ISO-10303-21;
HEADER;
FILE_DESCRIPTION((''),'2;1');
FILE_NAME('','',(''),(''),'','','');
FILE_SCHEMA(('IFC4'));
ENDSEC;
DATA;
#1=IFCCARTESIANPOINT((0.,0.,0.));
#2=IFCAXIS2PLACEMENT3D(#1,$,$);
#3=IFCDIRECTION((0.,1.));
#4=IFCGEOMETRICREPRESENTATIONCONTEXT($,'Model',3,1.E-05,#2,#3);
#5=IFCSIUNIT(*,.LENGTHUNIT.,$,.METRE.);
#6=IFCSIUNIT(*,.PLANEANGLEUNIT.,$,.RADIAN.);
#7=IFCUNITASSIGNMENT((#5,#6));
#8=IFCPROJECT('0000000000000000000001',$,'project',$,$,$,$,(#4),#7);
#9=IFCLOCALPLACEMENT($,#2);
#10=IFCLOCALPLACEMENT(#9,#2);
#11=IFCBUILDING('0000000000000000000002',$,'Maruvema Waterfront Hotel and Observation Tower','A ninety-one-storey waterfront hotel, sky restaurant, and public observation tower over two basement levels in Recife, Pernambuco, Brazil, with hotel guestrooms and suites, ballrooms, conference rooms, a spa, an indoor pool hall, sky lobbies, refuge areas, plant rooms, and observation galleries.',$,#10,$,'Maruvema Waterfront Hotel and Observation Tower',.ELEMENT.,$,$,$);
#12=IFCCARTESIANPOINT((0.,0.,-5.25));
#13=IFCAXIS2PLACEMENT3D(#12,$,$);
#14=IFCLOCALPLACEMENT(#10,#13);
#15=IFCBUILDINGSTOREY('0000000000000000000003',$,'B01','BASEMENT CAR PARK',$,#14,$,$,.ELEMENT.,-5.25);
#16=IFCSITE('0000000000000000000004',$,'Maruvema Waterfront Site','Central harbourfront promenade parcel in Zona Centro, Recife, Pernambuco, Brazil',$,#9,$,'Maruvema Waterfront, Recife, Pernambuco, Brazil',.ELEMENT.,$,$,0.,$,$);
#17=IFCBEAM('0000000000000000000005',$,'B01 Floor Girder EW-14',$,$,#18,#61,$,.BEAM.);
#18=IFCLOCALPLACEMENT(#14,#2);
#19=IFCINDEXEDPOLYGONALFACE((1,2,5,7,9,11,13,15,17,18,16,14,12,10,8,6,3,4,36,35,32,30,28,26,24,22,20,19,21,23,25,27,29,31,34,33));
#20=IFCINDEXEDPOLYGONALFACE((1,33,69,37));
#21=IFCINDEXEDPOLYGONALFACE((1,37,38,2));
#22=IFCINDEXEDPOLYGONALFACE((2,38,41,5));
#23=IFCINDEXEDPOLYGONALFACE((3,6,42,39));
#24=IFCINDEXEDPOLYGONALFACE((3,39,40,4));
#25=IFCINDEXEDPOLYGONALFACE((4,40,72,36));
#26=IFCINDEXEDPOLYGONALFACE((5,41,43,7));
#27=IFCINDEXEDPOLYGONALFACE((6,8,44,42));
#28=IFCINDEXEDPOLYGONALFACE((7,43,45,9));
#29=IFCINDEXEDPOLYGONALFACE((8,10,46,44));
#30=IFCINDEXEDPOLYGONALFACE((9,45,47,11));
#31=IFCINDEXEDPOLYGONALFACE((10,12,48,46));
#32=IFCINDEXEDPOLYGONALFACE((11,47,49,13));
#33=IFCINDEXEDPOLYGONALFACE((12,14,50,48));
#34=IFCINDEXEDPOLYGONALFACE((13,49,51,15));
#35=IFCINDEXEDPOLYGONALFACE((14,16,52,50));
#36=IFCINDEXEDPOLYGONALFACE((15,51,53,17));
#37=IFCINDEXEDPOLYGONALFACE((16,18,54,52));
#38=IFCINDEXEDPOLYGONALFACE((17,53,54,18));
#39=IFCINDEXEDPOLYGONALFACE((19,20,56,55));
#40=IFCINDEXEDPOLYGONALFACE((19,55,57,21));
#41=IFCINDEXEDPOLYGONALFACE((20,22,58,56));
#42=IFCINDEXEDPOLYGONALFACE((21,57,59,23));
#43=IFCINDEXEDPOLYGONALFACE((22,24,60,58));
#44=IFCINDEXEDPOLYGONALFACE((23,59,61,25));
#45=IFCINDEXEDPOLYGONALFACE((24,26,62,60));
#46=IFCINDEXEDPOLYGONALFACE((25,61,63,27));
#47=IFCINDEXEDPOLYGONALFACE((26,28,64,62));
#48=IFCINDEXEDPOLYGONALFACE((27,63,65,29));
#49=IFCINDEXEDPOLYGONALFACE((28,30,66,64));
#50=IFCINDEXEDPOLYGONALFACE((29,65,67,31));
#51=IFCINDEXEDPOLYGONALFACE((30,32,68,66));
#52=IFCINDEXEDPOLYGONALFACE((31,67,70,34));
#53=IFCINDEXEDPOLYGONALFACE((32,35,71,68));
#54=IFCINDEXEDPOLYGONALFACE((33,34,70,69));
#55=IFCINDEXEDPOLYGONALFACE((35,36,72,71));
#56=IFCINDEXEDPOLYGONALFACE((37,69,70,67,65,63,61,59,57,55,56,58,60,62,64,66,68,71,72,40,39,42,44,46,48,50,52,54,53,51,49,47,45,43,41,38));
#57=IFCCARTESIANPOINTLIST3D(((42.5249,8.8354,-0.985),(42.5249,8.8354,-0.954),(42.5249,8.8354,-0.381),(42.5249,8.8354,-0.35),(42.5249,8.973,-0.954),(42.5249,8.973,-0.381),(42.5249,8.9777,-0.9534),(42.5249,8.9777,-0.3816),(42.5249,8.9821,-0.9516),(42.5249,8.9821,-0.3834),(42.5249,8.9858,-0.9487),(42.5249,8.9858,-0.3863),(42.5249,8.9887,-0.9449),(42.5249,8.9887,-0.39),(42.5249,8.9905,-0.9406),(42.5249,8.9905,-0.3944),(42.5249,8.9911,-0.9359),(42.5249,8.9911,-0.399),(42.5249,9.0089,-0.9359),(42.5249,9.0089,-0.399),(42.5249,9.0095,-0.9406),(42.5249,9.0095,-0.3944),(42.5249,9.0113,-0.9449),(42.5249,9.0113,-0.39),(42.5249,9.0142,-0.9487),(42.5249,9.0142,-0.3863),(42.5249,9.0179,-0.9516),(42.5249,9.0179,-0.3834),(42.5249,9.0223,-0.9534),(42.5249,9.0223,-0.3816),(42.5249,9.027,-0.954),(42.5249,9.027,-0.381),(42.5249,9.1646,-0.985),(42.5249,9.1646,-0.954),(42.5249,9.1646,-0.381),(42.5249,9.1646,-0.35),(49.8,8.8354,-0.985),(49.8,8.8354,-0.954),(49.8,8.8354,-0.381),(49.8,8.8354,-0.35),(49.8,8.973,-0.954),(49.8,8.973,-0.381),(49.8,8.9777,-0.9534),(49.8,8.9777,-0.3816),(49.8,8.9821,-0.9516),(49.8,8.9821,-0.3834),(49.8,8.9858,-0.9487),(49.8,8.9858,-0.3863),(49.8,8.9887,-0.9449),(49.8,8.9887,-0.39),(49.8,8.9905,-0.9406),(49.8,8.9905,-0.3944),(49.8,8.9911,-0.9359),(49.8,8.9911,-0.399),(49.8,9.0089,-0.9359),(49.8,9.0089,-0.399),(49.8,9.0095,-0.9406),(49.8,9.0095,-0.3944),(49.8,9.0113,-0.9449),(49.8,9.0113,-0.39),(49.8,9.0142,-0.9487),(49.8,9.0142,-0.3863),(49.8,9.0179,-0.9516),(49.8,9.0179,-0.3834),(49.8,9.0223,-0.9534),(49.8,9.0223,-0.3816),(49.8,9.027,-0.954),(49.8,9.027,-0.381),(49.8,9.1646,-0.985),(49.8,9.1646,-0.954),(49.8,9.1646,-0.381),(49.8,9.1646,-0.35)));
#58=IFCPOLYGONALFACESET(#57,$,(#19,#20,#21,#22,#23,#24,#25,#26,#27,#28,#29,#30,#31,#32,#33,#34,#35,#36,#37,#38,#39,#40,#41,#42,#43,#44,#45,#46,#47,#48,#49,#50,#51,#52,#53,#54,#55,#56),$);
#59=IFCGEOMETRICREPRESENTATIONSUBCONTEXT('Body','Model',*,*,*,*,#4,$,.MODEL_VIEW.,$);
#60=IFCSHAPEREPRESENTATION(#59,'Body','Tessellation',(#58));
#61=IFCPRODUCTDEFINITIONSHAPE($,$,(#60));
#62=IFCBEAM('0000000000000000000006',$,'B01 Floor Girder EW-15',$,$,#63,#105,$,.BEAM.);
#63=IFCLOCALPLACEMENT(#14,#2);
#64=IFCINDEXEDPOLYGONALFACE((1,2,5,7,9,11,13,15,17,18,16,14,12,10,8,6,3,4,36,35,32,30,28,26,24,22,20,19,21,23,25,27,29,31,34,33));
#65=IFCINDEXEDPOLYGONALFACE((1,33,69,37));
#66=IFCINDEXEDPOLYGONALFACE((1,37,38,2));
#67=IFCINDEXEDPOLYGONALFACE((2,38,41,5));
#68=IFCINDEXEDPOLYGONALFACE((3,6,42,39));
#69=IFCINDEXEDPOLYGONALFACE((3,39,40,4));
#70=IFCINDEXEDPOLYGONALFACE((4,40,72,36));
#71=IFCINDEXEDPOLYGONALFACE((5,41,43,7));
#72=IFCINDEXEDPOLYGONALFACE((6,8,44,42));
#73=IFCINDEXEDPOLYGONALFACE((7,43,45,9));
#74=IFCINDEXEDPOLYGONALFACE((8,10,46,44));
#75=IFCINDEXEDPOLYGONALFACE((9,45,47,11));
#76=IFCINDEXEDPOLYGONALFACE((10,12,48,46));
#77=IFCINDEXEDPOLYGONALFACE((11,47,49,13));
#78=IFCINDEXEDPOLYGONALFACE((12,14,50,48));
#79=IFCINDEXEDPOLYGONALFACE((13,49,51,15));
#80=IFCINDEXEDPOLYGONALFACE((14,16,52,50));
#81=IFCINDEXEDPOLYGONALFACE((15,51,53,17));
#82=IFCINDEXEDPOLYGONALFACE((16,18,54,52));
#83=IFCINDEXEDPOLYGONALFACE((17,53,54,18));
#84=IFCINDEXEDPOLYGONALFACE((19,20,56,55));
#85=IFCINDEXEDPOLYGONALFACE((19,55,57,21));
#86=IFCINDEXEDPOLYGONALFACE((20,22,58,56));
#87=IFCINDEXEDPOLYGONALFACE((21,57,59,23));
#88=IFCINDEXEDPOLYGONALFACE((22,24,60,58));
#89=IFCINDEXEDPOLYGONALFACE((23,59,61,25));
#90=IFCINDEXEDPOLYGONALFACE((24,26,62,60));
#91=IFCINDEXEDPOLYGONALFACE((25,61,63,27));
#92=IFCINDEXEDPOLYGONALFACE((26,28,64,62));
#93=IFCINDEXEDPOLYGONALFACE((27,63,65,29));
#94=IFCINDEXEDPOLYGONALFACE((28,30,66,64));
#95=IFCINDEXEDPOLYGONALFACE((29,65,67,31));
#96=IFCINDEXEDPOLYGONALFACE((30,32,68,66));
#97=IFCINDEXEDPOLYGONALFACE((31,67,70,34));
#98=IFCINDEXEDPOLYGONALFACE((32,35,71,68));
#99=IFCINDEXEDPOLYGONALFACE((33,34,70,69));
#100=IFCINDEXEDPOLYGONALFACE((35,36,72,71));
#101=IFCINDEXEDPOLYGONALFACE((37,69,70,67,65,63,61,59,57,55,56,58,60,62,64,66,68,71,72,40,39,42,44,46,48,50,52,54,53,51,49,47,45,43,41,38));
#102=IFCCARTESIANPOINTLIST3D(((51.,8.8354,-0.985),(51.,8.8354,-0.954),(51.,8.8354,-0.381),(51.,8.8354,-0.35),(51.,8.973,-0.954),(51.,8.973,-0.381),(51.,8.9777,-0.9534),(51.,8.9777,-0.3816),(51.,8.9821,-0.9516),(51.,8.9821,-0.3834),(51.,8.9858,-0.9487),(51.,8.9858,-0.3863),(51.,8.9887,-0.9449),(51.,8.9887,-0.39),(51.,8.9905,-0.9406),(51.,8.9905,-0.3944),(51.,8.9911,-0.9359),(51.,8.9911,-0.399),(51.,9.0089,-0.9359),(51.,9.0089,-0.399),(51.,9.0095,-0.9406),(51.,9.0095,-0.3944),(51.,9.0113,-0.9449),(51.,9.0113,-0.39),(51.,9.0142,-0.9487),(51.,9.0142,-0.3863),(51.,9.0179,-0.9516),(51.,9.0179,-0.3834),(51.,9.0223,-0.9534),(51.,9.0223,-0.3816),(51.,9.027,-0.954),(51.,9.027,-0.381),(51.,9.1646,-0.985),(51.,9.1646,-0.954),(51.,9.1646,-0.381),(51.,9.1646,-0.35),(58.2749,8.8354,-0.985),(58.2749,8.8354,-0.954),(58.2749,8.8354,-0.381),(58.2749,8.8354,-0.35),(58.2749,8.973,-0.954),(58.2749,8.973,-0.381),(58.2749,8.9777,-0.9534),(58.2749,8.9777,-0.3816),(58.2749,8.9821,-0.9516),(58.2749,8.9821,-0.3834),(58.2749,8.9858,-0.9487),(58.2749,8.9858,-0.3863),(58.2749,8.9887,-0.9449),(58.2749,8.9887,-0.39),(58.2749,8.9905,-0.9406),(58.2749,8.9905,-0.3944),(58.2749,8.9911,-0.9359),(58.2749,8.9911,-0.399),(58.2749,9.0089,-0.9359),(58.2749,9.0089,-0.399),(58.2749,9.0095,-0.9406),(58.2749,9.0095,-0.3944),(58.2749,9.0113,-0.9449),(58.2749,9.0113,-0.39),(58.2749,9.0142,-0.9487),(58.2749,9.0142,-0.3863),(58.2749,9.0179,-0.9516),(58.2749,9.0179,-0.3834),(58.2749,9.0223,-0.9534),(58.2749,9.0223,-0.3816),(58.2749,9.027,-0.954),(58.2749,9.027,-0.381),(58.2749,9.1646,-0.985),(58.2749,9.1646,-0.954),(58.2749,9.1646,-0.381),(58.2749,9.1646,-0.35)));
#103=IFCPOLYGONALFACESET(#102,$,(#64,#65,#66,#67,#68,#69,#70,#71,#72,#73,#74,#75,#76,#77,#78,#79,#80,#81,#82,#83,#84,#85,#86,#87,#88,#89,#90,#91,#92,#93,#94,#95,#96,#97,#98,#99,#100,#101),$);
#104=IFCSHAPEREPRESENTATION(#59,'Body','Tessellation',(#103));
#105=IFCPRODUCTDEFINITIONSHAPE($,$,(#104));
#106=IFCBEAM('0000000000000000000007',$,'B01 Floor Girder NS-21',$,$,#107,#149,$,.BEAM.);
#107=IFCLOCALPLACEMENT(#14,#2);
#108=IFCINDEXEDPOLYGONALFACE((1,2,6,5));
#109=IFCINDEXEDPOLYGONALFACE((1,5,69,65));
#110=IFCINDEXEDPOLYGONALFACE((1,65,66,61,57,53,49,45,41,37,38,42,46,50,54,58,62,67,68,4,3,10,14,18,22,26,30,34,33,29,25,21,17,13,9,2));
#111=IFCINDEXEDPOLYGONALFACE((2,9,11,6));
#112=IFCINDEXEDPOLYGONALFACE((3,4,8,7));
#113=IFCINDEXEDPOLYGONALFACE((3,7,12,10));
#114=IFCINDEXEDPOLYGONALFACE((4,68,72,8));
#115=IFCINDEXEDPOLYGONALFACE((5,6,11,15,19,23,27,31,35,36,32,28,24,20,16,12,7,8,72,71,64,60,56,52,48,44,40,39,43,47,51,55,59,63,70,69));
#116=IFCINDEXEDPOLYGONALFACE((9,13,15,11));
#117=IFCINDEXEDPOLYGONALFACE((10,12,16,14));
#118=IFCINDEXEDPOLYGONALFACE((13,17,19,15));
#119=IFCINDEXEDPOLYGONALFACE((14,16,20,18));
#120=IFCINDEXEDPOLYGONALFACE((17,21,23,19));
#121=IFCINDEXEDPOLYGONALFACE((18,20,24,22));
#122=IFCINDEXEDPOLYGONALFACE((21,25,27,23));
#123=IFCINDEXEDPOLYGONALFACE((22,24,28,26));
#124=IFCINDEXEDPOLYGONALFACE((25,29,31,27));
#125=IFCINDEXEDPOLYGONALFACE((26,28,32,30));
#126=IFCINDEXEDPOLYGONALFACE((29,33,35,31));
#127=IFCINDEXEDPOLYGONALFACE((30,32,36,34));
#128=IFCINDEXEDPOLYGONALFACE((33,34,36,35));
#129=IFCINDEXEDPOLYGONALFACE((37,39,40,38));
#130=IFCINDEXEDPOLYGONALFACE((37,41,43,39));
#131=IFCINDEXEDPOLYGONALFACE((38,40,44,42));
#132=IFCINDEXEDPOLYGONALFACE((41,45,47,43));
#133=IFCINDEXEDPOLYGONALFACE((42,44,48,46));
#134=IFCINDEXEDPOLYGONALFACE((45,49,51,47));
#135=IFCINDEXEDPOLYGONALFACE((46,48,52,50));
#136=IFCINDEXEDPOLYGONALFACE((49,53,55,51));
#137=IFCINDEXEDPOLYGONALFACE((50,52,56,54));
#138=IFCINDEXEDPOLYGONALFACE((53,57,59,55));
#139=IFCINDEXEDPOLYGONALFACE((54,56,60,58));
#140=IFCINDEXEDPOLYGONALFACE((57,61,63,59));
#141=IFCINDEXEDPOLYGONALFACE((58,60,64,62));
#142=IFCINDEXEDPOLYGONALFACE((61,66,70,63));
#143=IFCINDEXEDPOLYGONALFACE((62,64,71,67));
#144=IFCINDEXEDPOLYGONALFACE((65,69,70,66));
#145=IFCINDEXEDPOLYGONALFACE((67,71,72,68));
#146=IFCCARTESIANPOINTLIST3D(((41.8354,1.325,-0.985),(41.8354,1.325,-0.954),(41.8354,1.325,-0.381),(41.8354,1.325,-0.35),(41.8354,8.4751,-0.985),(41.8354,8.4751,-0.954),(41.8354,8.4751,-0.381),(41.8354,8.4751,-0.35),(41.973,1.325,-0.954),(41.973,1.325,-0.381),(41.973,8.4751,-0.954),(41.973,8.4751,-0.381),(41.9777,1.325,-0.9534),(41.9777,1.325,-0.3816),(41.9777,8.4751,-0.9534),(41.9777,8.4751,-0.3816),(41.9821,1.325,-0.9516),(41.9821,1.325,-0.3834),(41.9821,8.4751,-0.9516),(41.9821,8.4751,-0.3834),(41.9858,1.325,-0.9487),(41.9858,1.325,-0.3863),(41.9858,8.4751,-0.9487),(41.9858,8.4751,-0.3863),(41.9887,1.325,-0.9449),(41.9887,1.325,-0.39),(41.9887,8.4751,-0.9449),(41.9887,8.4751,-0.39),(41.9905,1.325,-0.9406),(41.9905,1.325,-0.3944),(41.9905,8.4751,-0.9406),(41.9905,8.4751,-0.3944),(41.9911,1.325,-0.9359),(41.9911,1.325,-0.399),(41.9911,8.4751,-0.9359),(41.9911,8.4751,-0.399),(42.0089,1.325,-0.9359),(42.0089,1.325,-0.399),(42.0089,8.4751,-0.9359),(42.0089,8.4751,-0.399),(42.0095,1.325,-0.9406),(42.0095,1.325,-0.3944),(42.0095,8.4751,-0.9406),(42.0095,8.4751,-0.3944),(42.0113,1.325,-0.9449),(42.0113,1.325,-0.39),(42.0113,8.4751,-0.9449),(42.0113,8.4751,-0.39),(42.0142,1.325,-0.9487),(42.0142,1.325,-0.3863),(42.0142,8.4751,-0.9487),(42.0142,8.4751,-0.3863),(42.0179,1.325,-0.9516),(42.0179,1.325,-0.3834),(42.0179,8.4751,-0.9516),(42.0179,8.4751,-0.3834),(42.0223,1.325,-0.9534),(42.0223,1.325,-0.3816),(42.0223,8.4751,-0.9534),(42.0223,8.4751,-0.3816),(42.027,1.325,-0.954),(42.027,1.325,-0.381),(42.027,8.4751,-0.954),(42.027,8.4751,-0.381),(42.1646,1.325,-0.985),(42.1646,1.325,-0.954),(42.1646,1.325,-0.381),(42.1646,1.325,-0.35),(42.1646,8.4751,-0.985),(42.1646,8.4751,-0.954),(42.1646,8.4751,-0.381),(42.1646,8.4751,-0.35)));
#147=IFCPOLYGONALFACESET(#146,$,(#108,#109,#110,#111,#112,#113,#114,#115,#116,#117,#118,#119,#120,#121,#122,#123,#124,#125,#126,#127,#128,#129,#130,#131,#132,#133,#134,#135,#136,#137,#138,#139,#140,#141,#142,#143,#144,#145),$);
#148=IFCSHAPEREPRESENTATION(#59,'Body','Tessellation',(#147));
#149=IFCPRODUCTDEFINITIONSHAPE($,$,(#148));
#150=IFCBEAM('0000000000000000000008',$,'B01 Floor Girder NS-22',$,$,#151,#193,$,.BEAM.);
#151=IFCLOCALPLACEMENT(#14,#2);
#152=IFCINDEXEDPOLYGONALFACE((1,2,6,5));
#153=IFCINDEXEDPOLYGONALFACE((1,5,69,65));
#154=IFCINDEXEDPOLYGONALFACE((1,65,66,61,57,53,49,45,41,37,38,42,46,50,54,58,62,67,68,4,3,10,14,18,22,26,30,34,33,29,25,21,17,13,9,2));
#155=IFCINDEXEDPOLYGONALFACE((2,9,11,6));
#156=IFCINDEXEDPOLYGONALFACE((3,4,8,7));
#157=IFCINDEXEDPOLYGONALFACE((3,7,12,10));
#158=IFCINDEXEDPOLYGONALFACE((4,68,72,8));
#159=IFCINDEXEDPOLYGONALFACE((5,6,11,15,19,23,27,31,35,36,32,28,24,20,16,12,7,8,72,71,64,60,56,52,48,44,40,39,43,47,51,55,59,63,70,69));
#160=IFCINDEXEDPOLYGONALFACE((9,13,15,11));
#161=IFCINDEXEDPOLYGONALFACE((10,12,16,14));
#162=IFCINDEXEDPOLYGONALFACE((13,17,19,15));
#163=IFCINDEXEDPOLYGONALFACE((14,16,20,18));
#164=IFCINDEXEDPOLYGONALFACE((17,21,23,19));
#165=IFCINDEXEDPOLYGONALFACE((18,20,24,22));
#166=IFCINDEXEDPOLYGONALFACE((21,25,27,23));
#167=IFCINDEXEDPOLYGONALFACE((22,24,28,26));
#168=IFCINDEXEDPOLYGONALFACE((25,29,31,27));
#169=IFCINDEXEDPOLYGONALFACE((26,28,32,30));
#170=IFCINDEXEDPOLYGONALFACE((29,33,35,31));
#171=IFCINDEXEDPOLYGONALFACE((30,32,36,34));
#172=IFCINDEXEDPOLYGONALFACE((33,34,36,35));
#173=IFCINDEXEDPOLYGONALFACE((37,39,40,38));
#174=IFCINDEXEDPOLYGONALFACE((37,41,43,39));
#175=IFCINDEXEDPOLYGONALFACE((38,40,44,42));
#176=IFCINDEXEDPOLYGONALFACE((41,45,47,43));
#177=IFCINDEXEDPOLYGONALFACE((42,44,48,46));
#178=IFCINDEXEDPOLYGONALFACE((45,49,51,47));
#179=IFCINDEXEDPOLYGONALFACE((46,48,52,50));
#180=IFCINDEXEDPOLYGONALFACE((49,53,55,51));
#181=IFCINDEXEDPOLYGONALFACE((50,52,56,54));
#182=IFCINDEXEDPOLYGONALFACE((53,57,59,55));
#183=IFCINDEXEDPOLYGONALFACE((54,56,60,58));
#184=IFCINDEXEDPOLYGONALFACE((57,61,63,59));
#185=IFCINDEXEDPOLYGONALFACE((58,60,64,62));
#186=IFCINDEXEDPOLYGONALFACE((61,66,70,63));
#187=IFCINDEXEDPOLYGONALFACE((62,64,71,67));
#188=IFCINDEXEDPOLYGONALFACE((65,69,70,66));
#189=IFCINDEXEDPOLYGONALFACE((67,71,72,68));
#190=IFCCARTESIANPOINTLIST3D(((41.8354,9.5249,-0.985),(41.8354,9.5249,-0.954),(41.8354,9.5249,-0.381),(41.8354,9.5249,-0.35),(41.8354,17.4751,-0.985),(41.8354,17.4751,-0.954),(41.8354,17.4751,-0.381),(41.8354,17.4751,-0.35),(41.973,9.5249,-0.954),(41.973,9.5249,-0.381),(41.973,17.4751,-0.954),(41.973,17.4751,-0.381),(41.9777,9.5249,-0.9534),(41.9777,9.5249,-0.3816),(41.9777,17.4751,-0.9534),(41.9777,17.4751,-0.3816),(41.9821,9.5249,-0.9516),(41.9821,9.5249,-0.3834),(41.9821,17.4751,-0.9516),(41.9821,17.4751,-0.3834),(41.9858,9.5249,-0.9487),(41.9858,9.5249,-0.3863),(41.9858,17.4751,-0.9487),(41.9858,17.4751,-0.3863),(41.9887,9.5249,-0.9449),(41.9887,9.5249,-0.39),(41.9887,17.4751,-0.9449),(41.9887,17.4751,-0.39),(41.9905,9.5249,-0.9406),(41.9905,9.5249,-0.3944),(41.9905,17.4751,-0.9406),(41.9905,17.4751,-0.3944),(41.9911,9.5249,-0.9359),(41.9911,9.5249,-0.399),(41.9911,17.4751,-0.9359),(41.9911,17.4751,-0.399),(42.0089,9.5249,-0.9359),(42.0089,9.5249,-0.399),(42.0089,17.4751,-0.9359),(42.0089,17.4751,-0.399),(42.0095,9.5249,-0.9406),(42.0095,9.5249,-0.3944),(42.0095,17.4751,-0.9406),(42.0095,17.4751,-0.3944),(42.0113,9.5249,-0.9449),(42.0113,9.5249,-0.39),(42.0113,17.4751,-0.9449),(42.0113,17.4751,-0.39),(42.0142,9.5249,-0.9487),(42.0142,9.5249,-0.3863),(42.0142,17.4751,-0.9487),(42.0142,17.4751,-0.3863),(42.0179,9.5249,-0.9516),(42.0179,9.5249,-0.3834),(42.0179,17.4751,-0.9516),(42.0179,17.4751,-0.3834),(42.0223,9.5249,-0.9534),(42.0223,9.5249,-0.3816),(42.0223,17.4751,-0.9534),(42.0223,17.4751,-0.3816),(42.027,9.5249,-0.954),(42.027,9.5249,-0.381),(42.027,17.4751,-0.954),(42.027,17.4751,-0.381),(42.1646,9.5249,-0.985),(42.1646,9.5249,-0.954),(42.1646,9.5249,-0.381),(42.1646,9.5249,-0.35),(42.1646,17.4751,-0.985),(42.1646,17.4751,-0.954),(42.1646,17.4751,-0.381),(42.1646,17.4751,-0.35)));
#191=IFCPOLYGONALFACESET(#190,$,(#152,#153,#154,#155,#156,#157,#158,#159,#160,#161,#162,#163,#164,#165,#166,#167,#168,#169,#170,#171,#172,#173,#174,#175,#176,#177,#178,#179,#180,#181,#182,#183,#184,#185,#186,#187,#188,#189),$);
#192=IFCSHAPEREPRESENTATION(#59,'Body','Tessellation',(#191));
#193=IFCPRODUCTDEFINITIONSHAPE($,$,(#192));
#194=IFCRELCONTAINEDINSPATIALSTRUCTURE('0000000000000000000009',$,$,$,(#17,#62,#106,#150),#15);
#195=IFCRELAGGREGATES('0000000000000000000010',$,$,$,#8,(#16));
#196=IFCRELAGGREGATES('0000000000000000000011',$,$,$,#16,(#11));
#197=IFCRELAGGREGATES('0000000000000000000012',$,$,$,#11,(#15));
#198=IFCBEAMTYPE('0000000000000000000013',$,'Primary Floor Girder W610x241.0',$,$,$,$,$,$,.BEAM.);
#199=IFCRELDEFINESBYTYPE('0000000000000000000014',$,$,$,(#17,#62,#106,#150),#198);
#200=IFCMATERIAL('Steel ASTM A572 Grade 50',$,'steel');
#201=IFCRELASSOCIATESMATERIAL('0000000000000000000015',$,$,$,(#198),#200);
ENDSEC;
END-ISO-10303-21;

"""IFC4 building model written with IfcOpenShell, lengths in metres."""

from ifc_helpers import new_model, si_unit, direction, frame, origin, origin_2d, place, context, subcontext, project, spatial, i_section, extrude, material, material_profile, profile_set, type_object, element, save


model = new_model("IFC4")

# Units and contexts
model_context = context("Model", 3, precision=1e-05, world=origin(), true_north=direction((0.0, 1.0)))
body_context = subcontext(model_context, "Body", "Model", "MODEL_VIEW")
ifc_project = project(units=[si_unit("LENGTHUNIT", "METRE"), si_unit("PLANEANGLEUNIT", "RADIAN")], contexts=[model_context])

# Site, building, storey
site_placement = place(None, origin())
site = spatial("IfcSite", under=ifc_project, at=site_placement, Name="Maruvema Waterfront Site", Description="Central harbourfront promenade parcel in Zona Centro, Recife, Pernambuco, Brazil", LongName="Maruvema Waterfront, Recife, Pernambuco, Brazil", CompositionType="ELEMENT", RefElevation=0.0)
building_placement = place(site_placement, origin())
building = spatial("IfcBuilding", under=site, at=building_placement, Name="Maruvema Waterfront Hotel and Observation Tower", Description="A ninety-one-storey waterfront hotel, sky restaurant, and public observation tower over two basement levels in Recife, Pernambuco, Brazil, with hotel guestrooms and suites, ballrooms, conference rooms, a spa, an indoor pool hall, sky lobbies, refuge areas, plant rooms, and observation galleries.", LongName="Maruvema Waterfront Hotel and Observation Tower", CompositionType="ELEMENT")
storey_placement = place(building_placement, frame((0.0, 0.0, -5.25)))
storey = spatial("IfcBuildingStorey", under=building, at=storey_placement, Name="B01", Description="BASEMENT CAR PARK", CompositionType="ELEMENT", Elevation=-5.25)

# Beams
ifc_material_1 = material(Name="Steel ASTM A572 Grade 50", Category="steel")
ifc_material_profile_1 = material_profile(ifc_material_1, i_section(OverallWidth=0.3291, OverallDepth=0.635, WebThickness=0.0178, FlangeThickness=0.031, FilletRadius=0.0181, at=origin_2d()), Name="W610x241.0")
ifc_profile_set_1 = profile_set([ifc_material_profile_1], Name="Steel ASTM A572 Grade 50")
beam_type_1 = type_object("IfcBeamType", Name="Primary Floor Girder W610x241.0", PredefinedType="BEAM", material=ifc_profile_set_1)
beam_1_placement = place(storey_placement, frame((42.5249, 9.0, -0.6675), z_axis=(1.0, 0.0, 0.0), x_axis=(0.0, 1.0, 0.0)))
element("IfcBeam", 1, at=beam_1_placement, inside=storey, type_object=beam_type_1, Name="B01 Floor Girder EW-14", PredefinedType="BEAM", context=body_context, shape_type="SweptSolid", body=[
    extrude(i_section(OverallWidth=0.3291, OverallDepth=0.635, WebThickness=0.0178, FlangeThickness=0.031, FilletRadius=0.0181, at=origin_2d()), origin(), (0.0, 0.0, 1.0), 7.2751),
])
beam_2_placement = place(storey_placement, frame((51.0, 9.0, -0.6675), z_axis=(1.0, 0.0, 0.0), x_axis=(0.0, 1.0, 0.0)))
element("IfcBeam", 2, at=beam_2_placement, inside=storey, type_object=beam_type_1, Name="B01 Floor Girder EW-15", PredefinedType="BEAM", context=body_context, shape_type="SweptSolid", body=[
    extrude(i_section(OverallWidth=0.3291, OverallDepth=0.635, WebThickness=0.0178, FlangeThickness=0.031, FilletRadius=0.0181, at=origin_2d()), origin(), (0.0, 0.0, 1.0), 7.2749),
])
beam_3_placement = place(storey_placement, frame((42.0, 1.325, -0.6675), z_axis=(0.0, 1.0, 0.0), x_axis=(-1.0, 0.0, 0.0)))
element("IfcBeam", 3, at=beam_3_placement, inside=storey, type_object=beam_type_1, Name="B01 Floor Girder NS-21", PredefinedType="BEAM", context=body_context, shape_type="SweptSolid", body=[
    extrude(i_section(OverallWidth=0.3291, OverallDepth=0.635, WebThickness=0.0178, FlangeThickness=0.031, FilletRadius=0.0181, at=origin_2d()), origin(), (0.0, 0.0, 1.0), 7.1501),
])
beam_4_placement = place(storey_placement, frame((42.0, 9.5249, -0.6675), z_axis=(0.0, 1.0, 0.0), x_axis=(-1.0, 0.0, 0.0)))
element("IfcBeam", 4, at=beam_4_placement, inside=storey, type_object=beam_type_1, Name="B01 Floor Girder NS-22", PredefinedType="BEAM", context=body_context, shape_type="SweptSolid", body=[
    extrude(i_section(OverallWidth=0.3291, OverallDepth=0.635, WebThickness=0.0178, FlangeThickness=0.031, FilletRadius=0.0181, at=origin_2d()), origin(), (0.0, 0.0, 1.0), 7.9502),
])

save(model, "model.ifc")
